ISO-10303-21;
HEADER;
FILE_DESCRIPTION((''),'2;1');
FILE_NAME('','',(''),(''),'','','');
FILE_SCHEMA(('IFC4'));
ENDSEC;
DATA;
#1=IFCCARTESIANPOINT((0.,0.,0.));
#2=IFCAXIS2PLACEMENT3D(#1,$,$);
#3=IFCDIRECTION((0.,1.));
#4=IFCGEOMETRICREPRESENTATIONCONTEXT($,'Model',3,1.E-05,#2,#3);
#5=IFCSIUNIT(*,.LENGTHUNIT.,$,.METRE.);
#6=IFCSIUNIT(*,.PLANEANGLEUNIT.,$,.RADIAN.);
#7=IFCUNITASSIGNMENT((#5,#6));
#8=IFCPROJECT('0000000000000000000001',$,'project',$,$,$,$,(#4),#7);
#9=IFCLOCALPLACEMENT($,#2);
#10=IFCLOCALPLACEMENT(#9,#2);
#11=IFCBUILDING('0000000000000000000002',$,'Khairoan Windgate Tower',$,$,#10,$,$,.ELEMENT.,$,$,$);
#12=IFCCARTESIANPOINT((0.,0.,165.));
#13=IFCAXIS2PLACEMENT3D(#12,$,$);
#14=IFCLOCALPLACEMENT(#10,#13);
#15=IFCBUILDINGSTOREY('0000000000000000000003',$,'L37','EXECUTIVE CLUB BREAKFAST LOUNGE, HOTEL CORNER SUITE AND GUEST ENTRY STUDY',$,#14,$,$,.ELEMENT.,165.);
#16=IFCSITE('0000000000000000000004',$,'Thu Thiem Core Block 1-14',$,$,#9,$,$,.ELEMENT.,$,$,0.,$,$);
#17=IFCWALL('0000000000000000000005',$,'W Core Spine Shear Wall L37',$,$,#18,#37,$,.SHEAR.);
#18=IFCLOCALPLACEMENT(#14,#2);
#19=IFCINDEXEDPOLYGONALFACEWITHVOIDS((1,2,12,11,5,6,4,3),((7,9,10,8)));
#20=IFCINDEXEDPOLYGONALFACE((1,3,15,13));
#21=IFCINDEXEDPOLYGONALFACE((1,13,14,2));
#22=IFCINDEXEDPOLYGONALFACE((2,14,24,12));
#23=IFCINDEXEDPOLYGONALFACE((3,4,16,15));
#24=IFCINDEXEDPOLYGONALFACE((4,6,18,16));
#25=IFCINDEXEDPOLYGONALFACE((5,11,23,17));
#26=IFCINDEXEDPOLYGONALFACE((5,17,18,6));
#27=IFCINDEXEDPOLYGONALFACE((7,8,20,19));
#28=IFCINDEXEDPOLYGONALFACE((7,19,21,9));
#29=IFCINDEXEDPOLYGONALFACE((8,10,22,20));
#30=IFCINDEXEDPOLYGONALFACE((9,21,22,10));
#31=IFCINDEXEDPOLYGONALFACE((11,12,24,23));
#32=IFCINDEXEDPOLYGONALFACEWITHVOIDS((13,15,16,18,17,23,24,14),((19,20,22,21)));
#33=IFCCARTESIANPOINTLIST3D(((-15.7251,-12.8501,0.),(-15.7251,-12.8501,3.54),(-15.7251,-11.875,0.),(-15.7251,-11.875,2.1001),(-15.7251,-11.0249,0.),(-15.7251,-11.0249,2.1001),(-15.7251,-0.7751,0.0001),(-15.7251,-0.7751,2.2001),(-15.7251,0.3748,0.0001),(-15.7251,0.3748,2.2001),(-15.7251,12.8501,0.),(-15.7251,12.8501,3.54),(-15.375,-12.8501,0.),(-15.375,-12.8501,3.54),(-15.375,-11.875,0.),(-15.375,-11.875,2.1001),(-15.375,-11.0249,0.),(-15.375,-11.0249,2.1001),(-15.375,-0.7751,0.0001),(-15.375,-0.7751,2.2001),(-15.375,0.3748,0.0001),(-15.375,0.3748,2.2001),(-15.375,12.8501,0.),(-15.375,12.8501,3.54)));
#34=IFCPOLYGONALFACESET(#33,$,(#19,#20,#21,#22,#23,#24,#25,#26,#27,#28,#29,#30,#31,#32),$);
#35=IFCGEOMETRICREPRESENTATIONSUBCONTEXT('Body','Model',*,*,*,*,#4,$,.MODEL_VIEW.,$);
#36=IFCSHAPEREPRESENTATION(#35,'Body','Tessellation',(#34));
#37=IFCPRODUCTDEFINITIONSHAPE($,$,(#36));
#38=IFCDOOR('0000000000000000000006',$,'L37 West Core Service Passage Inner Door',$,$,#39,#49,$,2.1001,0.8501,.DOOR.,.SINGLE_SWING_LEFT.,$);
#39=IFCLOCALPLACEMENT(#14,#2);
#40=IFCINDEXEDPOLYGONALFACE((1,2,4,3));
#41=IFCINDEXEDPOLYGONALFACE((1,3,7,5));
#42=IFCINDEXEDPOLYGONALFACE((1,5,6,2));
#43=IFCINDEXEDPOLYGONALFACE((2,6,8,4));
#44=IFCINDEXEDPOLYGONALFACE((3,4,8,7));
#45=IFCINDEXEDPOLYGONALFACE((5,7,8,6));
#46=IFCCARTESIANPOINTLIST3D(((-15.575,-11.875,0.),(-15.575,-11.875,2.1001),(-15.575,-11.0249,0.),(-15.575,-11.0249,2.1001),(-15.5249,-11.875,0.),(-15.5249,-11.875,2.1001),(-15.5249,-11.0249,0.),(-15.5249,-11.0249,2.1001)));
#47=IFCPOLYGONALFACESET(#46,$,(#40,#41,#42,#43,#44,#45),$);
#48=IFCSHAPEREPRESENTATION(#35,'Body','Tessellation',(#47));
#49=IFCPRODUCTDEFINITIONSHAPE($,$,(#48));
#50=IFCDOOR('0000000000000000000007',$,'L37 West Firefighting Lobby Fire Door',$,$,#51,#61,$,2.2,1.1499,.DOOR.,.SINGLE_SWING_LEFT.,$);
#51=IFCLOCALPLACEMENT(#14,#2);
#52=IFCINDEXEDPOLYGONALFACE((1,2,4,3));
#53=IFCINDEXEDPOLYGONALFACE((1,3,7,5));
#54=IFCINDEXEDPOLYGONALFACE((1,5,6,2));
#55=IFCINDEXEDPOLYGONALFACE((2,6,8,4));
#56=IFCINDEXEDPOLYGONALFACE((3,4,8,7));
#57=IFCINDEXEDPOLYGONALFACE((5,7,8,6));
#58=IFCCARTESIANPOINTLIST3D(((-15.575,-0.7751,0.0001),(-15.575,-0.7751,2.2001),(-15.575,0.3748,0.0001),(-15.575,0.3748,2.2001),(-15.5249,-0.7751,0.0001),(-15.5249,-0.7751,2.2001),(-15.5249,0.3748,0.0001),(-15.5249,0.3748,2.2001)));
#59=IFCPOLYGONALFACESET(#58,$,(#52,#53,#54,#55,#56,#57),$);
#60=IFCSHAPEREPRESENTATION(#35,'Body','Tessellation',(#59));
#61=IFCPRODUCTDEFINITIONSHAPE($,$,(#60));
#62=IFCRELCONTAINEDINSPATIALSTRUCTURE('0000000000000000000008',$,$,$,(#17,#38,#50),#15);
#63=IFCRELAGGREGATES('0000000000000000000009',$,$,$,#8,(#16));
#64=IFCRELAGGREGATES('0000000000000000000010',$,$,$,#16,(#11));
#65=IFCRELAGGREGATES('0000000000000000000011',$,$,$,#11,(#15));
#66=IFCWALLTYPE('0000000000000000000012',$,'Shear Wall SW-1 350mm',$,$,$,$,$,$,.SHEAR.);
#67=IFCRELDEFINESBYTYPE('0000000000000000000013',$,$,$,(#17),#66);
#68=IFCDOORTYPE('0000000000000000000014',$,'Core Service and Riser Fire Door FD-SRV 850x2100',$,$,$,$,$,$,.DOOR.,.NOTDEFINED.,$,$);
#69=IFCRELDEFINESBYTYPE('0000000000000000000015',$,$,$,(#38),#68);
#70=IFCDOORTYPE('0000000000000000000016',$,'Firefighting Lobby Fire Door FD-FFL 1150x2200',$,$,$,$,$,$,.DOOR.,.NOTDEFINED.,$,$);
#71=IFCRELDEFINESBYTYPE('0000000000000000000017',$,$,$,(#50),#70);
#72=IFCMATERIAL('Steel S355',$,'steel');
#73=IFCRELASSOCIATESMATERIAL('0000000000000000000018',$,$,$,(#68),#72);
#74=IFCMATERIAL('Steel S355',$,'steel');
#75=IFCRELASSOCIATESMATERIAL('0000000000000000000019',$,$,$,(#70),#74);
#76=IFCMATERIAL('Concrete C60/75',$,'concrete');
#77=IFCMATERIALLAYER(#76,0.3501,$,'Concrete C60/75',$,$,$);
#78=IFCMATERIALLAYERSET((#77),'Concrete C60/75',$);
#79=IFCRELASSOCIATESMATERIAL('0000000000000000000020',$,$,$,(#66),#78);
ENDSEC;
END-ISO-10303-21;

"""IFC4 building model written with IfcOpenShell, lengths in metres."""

from ifc_helpers import new_model, si_unit, direction, frame, frame_2d, origin, place, context, subcontext, project, spatial, rectangle, extrude, material, layer, layer_set, type_object, element, fill, save


model = new_model("IFC4")

# Units and contexts
model_context = context("Model", 3, precision=1e-05, world=origin(), true_north=direction((0.0, 1.0)))
body_context = subcontext(model_context, "Body", "Model", "MODEL_VIEW")
ifc_project = project(units=[si_unit("LENGTHUNIT", "METRE"), si_unit("PLANEANGLEUNIT", "RADIAN")], contexts=[model_context])

# Site, building, storey
site_placement = place(None, origin())
site = spatial("IfcSite", under=ifc_project, at=site_placement, Name="Thu Thiem Core Block 1-14", CompositionType="ELEMENT", RefElevation=0.0)
building_placement = place(site_placement, origin())
building = spatial("IfcBuilding", under=site, at=building_placement, Name="Khairoan Windgate Tower", CompositionType="ELEMENT")
storey_placement = place(building_placement, frame((0.0, 0.0, 165.0)))
storey = spatial("IfcBuildingStorey", under=building, at=storey_placement, Name="L37", Description="EXECUTIVE CLUB BREAKFAST LOUNGE, HOTEL CORNER SUITE AND GUEST ENTRY STUDY", CompositionType="ELEMENT", Elevation=165.0)

# Wall, openings, doors
ifc_material_1 = material(Name="Steel S355", Category="steel")
door_type_1 = type_object("IfcDoorType", Name="Core Service and Riser Fire Door FD-SRV 850x2100", OperationType="NOTDEFINED", PredefinedType="DOOR", material=ifc_material_1)
ifc_material_2 = material(Name="Steel S355", Category="steel")
door_type_2 = type_object("IfcDoorType", Name="Firefighting Lobby Fire Door FD-FFL 1150x2200", OperationType="NOTDEFINED", PredefinedType="DOOR", material=ifc_material_2)
ifc_material_3 = material(Name="Concrete C60/75", Category="concrete")
ifc_layer_1 = layer(ifc_material_3, 0.3501, Name="Concrete C60/75")
ifc_layer_set_1 = layer_set([ifc_layer_1], Name="Concrete C60/75")
wall_type_1 = type_object("IfcWallType", Name="Shear Wall SW-1 350mm", PredefinedType="SHEAR", material=ifc_layer_set_1)
wall_1_placement = place(storey_placement, frame((-15.55, -12.8501, 0.0), z_axis=(0.0, 0.0, 1.0), x_axis=(0.0, 1.0, 0.0)))
wall_1 = element("IfcWall", 1, at=wall_1_placement, inside=storey, type_object=wall_type_1, Name="W Core Spine Shear Wall L37", PredefinedType="SHEAR", context=body_context, shape_type="SweptSolid", body=[
    extrude(rectangle(XDim=25.7002, YDim=0.3501, at=frame_2d((12.8501, 0.0))), origin(), (0.0, 0.0, 1.0), 3.54),
])
opening_1_placement = place(wall_1_placement, frame((12.075, 0.0, 0.0)))
opening_1 = element("IfcOpeningElement", 2, at=opening_1_placement, cuts=wall_1, PredefinedType="OPENING", context=body_context, shape_type="SweptSolid", body=[
    extrude(rectangle(XDim=1.1499, YDim=2.2, at=frame_2d((0.575, 1.1001))), frame((0.0, 0.1851, 0.0), z_axis=(0.0, -1.0, 0.0), x_axis=(1.0, 0.0, 0.0)), (0.0, 0.0, 1.0), 0.3701),
])
opening_2_placement = place(wall_1_placement, frame((0.9751, 0.0, 0.0)))
opening_2 = element("IfcOpeningElement", 3, at=opening_2_placement, cuts=wall_1, PredefinedType="OPENING", context=body_context, shape_type="SweptSolid", body=[
    extrude(rectangle(XDim=0.8501, YDim=2.1001, at=frame_2d((0.425, 1.05))), frame((0.0, 0.1851, 0.0), z_axis=(0.0, -1.0, 0.0), x_axis=(1.0, 0.0, 0.0)), (0.0, 0.0, 1.0), 0.3701),
])
door_1_placement = place(opening_2_placement, origin())
door_1 = element("IfcDoor", 4, at=door_1_placement, inside=storey, type_object=door_type_1, Name="L37 West Core Service Passage Inner Door", OperationType="SINGLE_SWING_LEFT", OverallHeight=2.1001, OverallWidth=0.8501, PredefinedType="DOOR", context=body_context, shape_type="SweptSolid", body=[
    extrude(rectangle(XDim=0.8501, YDim=2.1001, at=frame_2d((0.425, 1.05))), frame((0.0, 0.0249, 0.0), z_axis=(0.0, -1.0, 0.0), x_axis=(1.0, 0.0, 0.0)), (0.0, 0.0, 1.0), 0.05),
])
fill(opening_2, door_1)
door_2_placement = place(opening_1_placement, origin())
door_2 = element("IfcDoor", 5, at=door_2_placement, inside=storey, type_object=door_type_2, Name="L37 West Firefighting Lobby Fire Door", OperationType="SINGLE_SWING_LEFT", OverallHeight=2.2, OverallWidth=1.1499, PredefinedType="DOOR", context=body_context, shape_type="SweptSolid", body=[
    extrude(rectangle(XDim=1.1499, YDim=2.2, at=frame_2d((0.575, 1.1001))), frame((0.0, 0.0249, 0.0), z_axis=(0.0, -1.0, 0.0), x_axis=(1.0, 0.0, 0.0)), (0.0, 0.0, 1.0), 0.05),
])
fill(opening_1, door_2)

save(model, "model.ifc")
